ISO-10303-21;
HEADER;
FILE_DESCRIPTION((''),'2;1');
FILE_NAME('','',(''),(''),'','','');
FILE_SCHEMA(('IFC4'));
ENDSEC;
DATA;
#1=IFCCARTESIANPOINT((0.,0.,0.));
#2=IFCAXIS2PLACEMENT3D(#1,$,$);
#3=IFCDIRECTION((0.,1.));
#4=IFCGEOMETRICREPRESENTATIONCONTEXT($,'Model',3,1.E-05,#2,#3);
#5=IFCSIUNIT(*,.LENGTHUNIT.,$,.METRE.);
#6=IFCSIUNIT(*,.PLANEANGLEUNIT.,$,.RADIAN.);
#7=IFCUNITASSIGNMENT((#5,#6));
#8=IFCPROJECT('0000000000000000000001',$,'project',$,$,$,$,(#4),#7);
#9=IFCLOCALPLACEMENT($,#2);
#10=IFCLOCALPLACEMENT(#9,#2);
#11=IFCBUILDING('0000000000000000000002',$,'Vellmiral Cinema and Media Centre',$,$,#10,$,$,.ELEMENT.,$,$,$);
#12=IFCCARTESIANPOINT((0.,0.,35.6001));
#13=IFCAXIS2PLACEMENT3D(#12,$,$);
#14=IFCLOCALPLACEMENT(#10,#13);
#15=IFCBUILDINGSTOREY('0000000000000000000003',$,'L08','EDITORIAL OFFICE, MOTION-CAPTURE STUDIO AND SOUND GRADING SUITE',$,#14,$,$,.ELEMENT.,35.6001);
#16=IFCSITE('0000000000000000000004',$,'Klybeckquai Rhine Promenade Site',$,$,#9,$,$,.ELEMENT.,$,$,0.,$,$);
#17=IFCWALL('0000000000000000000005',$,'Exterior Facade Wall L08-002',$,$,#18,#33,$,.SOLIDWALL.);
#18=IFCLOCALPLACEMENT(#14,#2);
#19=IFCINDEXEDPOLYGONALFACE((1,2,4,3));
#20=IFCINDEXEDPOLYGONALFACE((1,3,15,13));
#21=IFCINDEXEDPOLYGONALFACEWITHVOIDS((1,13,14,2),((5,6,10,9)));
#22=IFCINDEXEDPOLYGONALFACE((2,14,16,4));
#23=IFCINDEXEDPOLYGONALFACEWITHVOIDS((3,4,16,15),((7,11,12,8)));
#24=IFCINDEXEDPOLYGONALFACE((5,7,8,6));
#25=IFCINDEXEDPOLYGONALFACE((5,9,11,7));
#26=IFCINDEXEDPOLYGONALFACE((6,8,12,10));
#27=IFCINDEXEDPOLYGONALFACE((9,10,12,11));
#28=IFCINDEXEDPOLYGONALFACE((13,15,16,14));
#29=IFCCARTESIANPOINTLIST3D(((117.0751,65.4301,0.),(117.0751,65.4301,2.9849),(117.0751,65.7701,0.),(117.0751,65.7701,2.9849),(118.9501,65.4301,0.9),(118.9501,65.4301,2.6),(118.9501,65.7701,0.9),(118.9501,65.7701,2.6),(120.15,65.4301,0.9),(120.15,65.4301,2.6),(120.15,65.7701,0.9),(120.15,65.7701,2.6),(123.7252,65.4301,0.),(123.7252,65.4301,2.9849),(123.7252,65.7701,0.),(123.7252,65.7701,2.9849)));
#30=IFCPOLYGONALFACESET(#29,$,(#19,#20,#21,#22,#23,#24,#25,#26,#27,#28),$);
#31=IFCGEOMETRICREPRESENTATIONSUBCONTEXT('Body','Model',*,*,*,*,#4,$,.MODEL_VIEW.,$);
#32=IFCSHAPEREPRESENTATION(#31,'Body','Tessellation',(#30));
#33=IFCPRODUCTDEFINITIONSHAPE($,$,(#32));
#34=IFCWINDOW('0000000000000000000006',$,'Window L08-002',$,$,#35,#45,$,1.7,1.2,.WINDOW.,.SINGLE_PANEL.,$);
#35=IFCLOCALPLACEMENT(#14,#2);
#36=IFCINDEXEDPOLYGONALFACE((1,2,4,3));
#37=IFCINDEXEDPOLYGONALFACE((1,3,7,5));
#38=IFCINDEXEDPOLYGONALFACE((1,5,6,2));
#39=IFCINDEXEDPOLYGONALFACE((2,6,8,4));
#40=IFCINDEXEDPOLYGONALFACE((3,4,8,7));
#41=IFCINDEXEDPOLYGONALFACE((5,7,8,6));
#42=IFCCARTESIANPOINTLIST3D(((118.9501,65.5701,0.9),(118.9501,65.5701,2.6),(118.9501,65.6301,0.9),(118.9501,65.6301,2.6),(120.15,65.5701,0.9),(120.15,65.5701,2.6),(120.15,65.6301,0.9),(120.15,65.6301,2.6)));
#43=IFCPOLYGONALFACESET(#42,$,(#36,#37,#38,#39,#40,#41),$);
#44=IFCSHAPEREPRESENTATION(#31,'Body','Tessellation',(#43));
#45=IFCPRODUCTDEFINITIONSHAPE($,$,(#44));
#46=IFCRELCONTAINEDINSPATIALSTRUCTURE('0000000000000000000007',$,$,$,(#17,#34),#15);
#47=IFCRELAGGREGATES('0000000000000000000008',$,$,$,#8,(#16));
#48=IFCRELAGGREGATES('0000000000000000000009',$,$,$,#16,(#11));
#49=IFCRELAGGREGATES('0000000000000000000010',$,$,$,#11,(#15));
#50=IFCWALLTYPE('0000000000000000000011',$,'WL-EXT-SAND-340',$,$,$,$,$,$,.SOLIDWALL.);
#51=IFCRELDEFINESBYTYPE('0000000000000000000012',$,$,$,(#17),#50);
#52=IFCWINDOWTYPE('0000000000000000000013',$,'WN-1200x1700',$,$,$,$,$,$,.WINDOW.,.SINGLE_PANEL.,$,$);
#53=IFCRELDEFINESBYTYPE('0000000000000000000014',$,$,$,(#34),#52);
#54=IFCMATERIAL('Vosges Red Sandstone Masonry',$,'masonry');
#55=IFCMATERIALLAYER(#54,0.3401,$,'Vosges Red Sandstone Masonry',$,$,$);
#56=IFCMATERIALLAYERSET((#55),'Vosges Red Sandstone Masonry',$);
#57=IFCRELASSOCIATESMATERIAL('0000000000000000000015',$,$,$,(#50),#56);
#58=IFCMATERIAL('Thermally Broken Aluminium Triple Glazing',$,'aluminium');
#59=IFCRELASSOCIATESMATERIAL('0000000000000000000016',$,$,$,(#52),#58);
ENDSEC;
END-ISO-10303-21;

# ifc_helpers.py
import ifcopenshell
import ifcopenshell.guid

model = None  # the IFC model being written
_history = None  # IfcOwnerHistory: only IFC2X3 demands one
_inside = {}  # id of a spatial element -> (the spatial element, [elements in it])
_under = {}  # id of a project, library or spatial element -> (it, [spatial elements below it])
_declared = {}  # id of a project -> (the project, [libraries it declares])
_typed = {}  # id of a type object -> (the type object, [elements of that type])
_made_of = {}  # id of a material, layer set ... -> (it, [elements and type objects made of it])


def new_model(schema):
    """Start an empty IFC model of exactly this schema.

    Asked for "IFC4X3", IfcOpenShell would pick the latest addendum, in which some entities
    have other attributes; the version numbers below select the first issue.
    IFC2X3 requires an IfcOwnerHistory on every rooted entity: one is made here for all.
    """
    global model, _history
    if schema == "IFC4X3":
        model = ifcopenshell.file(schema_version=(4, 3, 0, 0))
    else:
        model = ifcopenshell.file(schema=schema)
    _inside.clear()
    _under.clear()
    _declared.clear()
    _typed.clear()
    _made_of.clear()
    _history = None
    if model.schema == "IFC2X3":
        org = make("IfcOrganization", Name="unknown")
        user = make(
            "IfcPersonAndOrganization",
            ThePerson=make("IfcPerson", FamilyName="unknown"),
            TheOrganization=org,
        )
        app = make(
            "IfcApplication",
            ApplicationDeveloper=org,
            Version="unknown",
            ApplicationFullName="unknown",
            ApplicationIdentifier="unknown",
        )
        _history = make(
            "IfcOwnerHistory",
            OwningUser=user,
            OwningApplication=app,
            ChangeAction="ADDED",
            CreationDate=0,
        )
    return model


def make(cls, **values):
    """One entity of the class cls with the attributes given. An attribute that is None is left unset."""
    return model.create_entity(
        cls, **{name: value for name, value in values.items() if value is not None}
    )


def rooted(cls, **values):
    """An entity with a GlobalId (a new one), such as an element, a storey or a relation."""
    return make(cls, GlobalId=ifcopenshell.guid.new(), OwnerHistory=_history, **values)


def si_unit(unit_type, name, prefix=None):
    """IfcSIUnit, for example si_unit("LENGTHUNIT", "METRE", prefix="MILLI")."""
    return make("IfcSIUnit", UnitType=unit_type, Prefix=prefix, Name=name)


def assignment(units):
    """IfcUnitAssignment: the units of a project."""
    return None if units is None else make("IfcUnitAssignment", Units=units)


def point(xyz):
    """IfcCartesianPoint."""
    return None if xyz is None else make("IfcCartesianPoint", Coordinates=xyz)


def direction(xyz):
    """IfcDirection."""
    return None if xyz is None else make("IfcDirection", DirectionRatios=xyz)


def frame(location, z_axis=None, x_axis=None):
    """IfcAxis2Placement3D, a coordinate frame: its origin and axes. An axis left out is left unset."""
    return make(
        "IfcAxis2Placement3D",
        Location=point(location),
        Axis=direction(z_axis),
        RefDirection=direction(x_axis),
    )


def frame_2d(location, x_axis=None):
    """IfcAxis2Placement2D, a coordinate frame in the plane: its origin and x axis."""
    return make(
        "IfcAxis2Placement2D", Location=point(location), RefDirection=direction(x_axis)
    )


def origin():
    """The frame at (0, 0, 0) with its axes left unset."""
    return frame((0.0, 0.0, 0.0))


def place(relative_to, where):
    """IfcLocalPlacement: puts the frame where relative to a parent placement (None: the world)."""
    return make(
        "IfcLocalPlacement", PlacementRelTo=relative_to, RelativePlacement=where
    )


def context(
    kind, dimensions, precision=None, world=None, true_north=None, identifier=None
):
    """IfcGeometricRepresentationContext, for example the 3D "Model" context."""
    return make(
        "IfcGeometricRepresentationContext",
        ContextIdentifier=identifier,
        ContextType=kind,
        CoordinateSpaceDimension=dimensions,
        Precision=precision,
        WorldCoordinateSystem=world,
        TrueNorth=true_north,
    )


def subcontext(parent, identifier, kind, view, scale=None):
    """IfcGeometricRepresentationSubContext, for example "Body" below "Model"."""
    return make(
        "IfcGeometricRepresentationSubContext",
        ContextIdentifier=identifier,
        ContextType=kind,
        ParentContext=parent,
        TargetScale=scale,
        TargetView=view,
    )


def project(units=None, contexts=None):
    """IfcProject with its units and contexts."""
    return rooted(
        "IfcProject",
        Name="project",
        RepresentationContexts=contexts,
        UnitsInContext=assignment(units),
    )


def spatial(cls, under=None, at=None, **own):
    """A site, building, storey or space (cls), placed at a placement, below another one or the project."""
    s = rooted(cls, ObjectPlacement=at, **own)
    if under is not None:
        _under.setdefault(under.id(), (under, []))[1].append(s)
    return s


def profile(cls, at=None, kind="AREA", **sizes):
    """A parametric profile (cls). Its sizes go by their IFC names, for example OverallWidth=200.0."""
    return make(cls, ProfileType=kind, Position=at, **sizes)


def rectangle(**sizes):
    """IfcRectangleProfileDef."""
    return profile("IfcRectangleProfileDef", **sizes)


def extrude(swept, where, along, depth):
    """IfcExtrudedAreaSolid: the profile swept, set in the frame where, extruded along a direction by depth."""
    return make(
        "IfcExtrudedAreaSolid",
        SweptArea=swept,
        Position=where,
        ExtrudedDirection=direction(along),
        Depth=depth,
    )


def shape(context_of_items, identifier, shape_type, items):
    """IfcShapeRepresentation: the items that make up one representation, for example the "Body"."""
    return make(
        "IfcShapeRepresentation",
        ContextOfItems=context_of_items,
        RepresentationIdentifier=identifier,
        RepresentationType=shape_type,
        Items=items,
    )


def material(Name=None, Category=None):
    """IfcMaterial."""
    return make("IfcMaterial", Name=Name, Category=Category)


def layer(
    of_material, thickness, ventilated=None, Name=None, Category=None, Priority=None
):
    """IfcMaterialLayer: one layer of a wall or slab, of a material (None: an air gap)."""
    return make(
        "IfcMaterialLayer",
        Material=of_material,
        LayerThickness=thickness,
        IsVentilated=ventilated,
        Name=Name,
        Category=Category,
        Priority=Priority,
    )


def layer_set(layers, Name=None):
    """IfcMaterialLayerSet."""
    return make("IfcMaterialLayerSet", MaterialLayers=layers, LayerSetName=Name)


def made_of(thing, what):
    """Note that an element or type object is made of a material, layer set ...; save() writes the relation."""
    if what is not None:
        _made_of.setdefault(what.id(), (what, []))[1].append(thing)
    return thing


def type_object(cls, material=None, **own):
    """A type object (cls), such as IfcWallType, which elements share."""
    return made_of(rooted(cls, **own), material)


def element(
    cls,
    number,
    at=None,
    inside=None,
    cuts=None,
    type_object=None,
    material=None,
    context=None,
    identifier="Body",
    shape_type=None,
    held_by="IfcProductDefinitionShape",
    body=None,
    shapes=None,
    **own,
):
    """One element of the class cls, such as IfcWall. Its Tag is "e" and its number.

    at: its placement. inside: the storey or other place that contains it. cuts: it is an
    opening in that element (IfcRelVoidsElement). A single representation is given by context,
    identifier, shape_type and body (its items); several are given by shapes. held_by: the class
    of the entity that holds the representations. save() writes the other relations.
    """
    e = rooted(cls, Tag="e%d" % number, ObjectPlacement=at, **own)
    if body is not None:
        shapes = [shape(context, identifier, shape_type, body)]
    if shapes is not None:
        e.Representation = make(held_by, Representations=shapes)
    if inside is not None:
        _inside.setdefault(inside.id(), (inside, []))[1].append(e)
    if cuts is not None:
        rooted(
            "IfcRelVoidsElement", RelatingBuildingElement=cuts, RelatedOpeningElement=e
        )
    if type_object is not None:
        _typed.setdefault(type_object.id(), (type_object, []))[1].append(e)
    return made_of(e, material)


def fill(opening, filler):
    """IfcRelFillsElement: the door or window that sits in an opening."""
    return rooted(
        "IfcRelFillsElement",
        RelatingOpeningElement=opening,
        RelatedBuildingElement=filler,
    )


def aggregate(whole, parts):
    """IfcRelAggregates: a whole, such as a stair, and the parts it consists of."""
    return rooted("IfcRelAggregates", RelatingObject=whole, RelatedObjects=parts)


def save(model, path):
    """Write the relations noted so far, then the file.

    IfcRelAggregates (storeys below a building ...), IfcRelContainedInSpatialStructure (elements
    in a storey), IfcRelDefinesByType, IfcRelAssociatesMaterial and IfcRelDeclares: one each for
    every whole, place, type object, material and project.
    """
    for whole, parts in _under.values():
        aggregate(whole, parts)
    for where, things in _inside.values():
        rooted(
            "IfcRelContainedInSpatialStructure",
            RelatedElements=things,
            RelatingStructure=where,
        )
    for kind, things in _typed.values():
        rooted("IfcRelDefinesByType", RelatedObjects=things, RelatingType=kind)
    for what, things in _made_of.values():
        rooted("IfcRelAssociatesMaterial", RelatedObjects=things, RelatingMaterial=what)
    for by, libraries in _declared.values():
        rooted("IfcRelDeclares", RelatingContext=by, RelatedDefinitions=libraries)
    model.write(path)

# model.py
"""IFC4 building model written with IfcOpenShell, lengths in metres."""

from ifc_helpers import new_model, si_unit, direction, frame, frame_2d, origin, place, context, subcontext, project, spatial, rectangle, extrude, material, layer, layer_set, type_object, element, fill, save


model = new_model("IFC4")

# Units and contexts
model_context = context("Model", 3, precision=1e-05, world=origin(), true_north=direction((0.0, 1.0)))
body_context = subcontext(model_context, "Body", "Model", "MODEL_VIEW")
ifc_project = project(units=[si_unit("LENGTHUNIT", "METRE"), si_unit("PLANEANGLEUNIT", "RADIAN")], contexts=[model_context])

# Site, building, storey
site_placement = place(None, origin())
site = spatial("IfcSite", under=ifc_project, at=site_placement, Name="Klybeckquai Rhine Promenade Site", CompositionType="ELEMENT", RefElevation=0.0)
building_placement = place(site_placement, origin())
building = spatial("IfcBuilding", under=site, at=building_placement, Name="Vellmiral Cinema and Media Centre", CompositionType="ELEMENT")
storey_placement = place(building_placement, frame((0.0, 0.0, 35.6001)))
storey = spatial("IfcBuildingStorey", under=building, at=storey_placement, Name="L08", Description="EDITORIAL OFFICE, MOTION-CAPTURE STUDIO AND SOUND GRADING SUITE", CompositionType="ELEMENT", Elevation=35.6001)

# Wall, opening, window
ifc_material_1 = material(Name="Vosges Red Sandstone Masonry", Category="masonry")
ifc_layer_1 = layer(ifc_material_1, 0.3401, Name="Vosges Red Sandstone Masonry")
ifc_layer_set_1 = layer_set([ifc_layer_1], Name="Vosges Red Sandstone Masonry")
wall_type = type_object("IfcWallType", Name="WL-EXT-SAND-340", PredefinedType="SOLIDWALL", material=ifc_layer_set_1)
wall_placement = place(storey_placement, frame((117.075, 65.6001, 0.0), z_axis=(0.0, 0.0, 1.0), x_axis=(1.0, 0.0, 0.0)))
wall = element("IfcWall", 1, at=wall_placement, inside=storey, type_object=wall_type, Name="Exterior Facade Wall L08-002", PredefinedType="SOLIDWALL", context=body_context, shape_type="SweptSolid", body=[
    extrude(rectangle(XDim=6.6501, YDim=0.3401, at=frame_2d((3.3252, 0.0))), origin(), (0.0, 0.0, 1.0), 2.9849),
])
opening_placement = place(wall_placement, frame((1.875, 0.0, 0.8999)))
opening = element("IfcOpeningElement", 2, at=opening_placement, cuts=wall, PredefinedType="OPENING", context=body_context, shape_type="SweptSolid", body=[
    extrude(rectangle(XDim=1.2, YDim=1.7, at=frame_2d((0.6001, 0.8501))), frame((0.0, 0.1821, 0.0), z_axis=(0.0, -1.0, 0.0), x_axis=(1.0, 0.0, 0.0)), (0.0, 0.0, 1.0), 0.364),
])
ifc_material_2 = material(Name="Thermally Broken Aluminium Triple Glazing", Category="aluminium")
window_type = type_object("IfcWindowType", Name="WN-1200x1700", PartitioningType="SINGLE_PANEL", PredefinedType="WINDOW", material=ifc_material_2)
window_placement = place(opening_placement, origin())
window = element("IfcWindow", 3, at=window_placement, inside=storey, type_object=window_type, Name="Window L08-002", OverallHeight=1.7, OverallWidth=1.2, PartitioningType="SINGLE_PANEL", PredefinedType="WINDOW", context=body_context, shape_type="SweptSolid", body=[
    extrude(rectangle(XDim=1.2, YDim=1.7, at=frame_2d((0.6001, 0.8501))), frame((0.0, 0.03, 0.0), z_axis=(0.0, -1.0, 0.0), x_axis=(1.0, 0.0, 0.0)), (0.0, 0.0, 1.0), 0.0601),
])
fill(opening, window)

save(model, "model.ifc")
